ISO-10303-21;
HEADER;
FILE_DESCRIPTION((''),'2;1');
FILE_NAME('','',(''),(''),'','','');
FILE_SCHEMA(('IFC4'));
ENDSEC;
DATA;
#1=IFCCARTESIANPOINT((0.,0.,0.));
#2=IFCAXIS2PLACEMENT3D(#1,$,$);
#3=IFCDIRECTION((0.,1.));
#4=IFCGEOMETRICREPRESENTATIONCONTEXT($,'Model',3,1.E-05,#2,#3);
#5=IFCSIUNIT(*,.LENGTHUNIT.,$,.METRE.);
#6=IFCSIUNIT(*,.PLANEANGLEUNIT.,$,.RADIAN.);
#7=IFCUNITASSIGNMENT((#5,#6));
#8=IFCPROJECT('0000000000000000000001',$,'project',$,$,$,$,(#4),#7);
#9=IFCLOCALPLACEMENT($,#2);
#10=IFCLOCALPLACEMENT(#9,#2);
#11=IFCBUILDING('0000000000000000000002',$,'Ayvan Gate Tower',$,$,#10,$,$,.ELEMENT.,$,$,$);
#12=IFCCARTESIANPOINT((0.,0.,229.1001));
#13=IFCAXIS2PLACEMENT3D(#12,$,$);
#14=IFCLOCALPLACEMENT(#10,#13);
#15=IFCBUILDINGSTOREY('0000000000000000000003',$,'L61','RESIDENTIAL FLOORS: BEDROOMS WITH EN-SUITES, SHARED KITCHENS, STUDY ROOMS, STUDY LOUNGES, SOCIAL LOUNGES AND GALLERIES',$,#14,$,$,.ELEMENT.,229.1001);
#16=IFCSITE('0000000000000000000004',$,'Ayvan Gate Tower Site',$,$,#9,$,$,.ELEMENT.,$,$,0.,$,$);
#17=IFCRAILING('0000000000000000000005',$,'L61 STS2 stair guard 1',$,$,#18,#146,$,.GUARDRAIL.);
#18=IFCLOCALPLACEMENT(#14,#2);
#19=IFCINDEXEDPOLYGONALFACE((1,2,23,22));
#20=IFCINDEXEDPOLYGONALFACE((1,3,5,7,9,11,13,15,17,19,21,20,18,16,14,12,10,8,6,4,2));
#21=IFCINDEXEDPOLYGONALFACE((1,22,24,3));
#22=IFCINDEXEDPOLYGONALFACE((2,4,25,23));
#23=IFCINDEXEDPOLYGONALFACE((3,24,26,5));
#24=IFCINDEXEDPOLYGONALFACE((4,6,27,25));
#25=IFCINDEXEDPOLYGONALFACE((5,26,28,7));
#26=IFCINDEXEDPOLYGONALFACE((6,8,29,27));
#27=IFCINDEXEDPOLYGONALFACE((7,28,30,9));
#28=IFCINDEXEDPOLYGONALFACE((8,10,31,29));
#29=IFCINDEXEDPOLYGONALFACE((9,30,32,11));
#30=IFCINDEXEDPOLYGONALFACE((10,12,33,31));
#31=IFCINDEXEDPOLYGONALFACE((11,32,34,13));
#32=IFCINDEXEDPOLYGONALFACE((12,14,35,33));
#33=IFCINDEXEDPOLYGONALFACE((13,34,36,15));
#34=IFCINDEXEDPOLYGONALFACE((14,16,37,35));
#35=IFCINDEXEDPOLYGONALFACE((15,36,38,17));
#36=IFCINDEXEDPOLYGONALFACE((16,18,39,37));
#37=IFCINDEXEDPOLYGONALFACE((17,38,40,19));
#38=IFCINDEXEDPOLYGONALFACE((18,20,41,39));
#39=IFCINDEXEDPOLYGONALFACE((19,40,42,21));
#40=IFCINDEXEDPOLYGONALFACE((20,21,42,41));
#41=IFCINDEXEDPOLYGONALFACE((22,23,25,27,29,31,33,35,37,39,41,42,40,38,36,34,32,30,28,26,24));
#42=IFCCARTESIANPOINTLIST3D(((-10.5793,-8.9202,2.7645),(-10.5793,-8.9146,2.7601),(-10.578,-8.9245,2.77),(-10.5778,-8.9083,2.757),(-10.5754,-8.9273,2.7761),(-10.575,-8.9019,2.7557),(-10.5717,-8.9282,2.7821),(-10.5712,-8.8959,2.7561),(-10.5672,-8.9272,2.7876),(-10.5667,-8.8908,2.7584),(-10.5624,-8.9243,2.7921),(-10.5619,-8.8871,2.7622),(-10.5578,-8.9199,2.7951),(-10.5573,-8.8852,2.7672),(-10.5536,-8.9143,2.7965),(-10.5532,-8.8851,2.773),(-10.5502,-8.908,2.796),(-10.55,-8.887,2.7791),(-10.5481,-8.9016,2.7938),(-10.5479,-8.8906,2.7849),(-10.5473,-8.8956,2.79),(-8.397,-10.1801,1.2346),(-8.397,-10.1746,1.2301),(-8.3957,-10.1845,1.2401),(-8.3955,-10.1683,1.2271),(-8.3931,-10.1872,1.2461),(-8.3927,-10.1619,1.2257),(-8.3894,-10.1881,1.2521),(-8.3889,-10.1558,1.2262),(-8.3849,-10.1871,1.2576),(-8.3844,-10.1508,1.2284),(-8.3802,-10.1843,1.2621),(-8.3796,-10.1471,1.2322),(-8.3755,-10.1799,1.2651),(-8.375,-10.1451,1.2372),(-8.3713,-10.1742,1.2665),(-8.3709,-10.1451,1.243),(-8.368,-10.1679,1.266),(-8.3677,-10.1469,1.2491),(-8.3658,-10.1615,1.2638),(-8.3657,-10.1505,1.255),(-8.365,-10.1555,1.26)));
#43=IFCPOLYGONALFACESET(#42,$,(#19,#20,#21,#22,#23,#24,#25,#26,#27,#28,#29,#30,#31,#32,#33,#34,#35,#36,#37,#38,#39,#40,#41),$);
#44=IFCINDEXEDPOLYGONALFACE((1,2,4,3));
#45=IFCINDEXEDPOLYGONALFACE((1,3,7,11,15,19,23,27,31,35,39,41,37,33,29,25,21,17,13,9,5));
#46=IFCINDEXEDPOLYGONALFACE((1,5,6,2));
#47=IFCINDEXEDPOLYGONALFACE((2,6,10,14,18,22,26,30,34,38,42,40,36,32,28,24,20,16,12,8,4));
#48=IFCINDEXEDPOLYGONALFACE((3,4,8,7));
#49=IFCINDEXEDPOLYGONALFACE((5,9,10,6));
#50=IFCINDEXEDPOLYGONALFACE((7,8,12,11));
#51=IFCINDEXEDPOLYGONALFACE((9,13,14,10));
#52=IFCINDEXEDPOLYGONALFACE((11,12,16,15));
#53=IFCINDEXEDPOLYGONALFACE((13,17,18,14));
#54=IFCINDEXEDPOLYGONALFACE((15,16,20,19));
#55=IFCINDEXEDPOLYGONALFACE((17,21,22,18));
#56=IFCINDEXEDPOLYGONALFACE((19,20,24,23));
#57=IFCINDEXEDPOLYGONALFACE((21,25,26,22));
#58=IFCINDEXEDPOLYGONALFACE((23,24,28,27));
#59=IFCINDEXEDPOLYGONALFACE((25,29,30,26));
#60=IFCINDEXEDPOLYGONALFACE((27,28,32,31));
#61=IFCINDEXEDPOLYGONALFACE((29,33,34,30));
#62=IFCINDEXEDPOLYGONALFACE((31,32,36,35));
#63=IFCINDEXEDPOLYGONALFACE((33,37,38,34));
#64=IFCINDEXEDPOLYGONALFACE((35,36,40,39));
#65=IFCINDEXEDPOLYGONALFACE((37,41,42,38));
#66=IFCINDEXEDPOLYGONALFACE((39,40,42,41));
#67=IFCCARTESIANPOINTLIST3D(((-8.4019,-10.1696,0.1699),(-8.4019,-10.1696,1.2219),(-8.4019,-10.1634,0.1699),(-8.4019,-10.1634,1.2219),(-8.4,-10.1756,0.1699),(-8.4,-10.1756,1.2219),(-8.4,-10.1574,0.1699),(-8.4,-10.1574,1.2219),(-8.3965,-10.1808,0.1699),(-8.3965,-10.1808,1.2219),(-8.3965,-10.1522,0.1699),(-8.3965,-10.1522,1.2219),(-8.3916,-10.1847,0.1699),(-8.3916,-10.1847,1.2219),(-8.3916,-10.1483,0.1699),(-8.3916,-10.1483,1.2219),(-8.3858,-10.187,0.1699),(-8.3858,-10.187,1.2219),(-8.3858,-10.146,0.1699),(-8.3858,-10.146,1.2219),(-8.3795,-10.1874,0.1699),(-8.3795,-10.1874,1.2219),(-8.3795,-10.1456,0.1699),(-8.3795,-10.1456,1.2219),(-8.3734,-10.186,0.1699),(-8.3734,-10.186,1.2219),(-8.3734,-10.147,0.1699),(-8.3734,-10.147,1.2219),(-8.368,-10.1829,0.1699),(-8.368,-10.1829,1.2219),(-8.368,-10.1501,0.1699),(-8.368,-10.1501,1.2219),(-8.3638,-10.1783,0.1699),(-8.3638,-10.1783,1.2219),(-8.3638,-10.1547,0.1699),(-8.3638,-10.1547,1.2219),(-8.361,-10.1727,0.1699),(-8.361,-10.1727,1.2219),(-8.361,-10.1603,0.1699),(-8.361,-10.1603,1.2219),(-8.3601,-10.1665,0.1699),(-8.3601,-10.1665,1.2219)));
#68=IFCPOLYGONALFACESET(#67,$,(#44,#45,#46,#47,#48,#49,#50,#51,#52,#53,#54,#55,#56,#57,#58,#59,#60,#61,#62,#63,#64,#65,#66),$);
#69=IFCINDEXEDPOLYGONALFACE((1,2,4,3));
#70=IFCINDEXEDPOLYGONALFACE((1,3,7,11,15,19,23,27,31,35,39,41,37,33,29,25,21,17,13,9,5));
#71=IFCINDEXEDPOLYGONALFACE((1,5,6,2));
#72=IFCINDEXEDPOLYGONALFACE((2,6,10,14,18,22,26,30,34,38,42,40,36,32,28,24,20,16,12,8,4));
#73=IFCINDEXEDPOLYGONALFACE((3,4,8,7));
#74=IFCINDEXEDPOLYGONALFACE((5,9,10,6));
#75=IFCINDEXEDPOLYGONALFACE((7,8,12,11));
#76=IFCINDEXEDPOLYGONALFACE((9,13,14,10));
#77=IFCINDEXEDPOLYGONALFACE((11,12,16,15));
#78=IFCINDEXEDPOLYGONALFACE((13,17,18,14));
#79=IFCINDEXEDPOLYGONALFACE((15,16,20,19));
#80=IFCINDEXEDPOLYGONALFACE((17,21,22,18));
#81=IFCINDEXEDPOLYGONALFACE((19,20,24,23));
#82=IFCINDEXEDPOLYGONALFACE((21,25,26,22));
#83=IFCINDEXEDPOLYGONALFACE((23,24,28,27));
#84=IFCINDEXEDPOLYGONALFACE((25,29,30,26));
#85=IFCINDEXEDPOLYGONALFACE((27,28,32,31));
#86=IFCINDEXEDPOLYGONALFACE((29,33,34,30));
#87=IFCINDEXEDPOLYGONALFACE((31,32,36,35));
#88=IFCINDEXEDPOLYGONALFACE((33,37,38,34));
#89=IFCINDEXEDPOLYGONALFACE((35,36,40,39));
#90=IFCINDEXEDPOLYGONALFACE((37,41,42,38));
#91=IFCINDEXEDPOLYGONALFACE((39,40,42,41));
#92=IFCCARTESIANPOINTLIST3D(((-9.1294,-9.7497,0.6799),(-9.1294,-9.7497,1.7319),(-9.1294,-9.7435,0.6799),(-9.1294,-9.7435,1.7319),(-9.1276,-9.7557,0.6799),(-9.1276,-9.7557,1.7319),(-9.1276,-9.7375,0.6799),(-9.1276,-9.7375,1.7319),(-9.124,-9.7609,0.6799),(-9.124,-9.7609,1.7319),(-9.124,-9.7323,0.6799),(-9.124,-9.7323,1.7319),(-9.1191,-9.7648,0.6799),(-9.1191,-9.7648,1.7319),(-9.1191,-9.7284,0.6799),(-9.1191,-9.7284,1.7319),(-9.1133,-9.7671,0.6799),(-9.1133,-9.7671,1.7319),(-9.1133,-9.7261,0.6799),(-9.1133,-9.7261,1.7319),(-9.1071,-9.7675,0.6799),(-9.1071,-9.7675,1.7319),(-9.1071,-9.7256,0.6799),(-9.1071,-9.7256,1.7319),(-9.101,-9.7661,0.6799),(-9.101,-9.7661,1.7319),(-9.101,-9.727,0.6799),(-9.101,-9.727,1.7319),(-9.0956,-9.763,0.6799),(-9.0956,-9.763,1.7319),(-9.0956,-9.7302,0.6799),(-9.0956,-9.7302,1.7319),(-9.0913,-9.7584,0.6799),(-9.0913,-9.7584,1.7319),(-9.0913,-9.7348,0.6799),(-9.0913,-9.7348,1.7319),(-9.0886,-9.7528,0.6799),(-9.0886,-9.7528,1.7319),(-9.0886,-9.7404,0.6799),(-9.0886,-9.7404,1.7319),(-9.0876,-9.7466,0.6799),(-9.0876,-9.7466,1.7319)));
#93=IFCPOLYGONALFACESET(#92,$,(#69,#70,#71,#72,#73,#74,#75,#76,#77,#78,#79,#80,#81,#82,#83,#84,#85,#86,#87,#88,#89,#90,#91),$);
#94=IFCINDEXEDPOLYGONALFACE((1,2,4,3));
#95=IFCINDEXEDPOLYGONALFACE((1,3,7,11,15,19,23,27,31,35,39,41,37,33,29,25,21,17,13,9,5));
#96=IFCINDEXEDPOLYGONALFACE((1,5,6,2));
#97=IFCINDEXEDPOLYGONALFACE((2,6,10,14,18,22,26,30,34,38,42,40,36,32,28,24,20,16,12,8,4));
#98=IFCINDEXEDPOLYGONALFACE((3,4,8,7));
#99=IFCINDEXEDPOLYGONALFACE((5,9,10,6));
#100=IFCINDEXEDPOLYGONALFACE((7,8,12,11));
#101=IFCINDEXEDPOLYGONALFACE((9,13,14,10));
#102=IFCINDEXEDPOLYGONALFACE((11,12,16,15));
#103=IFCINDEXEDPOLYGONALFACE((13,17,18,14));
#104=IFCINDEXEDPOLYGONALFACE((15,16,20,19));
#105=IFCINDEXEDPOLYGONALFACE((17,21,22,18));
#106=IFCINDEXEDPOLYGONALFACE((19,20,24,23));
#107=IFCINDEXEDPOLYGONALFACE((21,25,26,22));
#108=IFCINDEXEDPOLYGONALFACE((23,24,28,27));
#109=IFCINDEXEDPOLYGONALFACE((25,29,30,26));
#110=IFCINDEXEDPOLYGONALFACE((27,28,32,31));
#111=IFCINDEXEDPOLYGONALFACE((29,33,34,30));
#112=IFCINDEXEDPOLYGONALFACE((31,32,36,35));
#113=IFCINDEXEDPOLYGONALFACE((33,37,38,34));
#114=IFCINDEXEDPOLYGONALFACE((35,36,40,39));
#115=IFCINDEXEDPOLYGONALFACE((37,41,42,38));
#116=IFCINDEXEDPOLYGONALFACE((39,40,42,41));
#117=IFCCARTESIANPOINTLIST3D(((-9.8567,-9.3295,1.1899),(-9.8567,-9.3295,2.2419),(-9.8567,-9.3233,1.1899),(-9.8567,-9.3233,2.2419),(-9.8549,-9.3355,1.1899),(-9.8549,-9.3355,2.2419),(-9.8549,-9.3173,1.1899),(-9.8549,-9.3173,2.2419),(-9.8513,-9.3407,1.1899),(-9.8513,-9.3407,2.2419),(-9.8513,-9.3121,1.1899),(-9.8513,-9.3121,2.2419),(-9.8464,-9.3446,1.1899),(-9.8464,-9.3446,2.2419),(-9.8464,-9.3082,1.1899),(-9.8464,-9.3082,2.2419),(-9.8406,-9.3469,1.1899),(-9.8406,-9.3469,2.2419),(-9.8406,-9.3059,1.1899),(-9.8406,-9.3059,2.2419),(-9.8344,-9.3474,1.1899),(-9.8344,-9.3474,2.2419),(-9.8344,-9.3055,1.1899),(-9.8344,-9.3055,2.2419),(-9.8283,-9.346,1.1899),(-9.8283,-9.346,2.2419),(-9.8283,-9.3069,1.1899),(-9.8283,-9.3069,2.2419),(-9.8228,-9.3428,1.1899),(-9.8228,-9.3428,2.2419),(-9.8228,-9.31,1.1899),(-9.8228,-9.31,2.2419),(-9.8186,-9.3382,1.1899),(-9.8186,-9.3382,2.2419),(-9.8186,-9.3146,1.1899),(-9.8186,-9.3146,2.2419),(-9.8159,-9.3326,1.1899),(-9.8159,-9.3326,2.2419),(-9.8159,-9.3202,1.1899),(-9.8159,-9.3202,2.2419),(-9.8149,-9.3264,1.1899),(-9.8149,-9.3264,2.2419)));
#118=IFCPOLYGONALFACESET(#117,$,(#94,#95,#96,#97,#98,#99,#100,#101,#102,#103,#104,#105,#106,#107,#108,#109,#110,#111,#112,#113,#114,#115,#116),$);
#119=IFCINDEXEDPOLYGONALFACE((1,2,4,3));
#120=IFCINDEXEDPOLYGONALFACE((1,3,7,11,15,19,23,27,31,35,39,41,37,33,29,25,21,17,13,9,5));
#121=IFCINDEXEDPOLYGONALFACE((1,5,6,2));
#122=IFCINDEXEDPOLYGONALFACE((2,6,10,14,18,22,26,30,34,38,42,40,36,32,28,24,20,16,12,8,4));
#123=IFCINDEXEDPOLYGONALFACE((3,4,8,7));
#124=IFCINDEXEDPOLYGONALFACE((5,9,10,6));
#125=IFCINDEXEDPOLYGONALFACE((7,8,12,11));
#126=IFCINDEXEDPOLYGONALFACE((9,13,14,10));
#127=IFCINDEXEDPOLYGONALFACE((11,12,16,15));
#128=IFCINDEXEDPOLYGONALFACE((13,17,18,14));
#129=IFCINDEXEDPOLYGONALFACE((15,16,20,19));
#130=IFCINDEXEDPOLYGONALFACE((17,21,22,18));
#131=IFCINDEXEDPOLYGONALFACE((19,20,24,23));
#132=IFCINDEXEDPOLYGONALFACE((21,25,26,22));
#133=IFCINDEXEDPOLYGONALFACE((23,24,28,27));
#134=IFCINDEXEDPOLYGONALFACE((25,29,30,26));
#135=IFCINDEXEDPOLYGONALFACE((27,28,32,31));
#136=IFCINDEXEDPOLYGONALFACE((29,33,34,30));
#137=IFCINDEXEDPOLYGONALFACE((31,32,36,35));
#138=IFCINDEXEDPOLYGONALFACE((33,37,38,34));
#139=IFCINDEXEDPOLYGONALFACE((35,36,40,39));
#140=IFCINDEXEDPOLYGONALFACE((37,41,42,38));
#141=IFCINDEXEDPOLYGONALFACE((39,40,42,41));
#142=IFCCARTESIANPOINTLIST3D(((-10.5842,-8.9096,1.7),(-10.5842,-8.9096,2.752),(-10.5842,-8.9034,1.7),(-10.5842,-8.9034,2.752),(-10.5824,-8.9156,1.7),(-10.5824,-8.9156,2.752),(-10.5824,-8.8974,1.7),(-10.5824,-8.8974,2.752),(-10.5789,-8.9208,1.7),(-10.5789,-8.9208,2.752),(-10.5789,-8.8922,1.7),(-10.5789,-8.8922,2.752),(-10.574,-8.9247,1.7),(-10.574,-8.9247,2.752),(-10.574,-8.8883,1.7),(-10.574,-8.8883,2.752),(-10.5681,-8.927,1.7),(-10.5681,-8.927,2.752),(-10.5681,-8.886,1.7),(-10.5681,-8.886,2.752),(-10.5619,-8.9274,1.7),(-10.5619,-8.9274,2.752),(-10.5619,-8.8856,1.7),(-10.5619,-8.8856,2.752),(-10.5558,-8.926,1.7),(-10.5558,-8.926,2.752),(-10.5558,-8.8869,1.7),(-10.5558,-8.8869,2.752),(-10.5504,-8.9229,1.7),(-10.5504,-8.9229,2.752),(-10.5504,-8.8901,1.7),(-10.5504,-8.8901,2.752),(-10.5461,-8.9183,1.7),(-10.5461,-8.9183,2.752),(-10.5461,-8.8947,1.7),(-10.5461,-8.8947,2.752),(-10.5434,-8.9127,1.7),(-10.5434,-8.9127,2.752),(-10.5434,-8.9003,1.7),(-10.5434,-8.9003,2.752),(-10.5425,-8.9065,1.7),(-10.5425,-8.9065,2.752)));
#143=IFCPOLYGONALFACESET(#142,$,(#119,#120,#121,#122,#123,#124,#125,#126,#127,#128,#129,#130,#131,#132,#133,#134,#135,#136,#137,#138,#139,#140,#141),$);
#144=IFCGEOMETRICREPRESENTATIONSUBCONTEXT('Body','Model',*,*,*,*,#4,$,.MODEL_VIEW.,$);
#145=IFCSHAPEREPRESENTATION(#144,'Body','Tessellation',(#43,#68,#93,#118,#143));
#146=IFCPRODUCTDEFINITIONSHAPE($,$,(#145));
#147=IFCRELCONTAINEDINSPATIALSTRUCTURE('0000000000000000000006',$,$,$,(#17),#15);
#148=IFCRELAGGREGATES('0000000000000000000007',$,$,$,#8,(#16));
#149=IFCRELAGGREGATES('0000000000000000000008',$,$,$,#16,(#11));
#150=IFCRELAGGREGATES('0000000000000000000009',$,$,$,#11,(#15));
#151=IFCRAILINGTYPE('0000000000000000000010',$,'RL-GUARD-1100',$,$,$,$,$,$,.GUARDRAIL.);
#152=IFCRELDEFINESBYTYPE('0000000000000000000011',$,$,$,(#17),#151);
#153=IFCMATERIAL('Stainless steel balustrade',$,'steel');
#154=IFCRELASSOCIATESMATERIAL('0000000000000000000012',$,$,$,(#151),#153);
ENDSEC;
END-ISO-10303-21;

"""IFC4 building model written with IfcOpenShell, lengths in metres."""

from ifc_helpers import new_model, si_unit, direction, frame, origin, origin_2d, place, context, subcontext, project, spatial, circle, extrude, material, type_object, element, save


model = new_model("IFC4")

# Units and contexts
model_context = context("Model", 3, precision=1e-05, world=origin(), true_north=direction((0.0, 1.0)))
body_context = subcontext(model_context, "Body", "Model", "MODEL_VIEW")
ifc_project = project(units=[si_unit("LENGTHUNIT", "METRE"), si_unit("PLANEANGLEUNIT", "RADIAN")], contexts=[model_context])

# Site, building, storey
site_placement = place(None, origin())
site = spatial("IfcSite", under=ifc_project, at=site_placement, Name="Ayvan Gate Tower Site", CompositionType="ELEMENT", RefElevation=0.0)
building_placement = place(site_placement, origin())
building = spatial("IfcBuilding", under=site, at=building_placement, Name="Ayvan Gate Tower", CompositionType="ELEMENT")
storey_placement = place(building_placement, frame((0.0, 0.0, 229.1001)))
storey = spatial("IfcBuildingStorey", under=building, at=storey_placement, Name="L61", Description="RESIDENTIAL FLOORS: BEDROOMS WITH EN-SUITES, SHARED KITCHENS, STUDY ROOMS, STUDY LOUNGES, SOCIAL LOUNGES AND GALLERIES", CompositionType="ELEMENT", Elevation=229.1001)

# Railing
ifc_material_1 = material(Name="Stainless steel balustrade", Category="steel")
railing_type_1 = type_object("IfcRailingType", Name="RL-GUARD-1100", PredefinedType="GUARDRAIL", material=ifc_material_1)
railing_1_placement = place(storey_placement, frame((-8.3811, -10.1665, 0.1699)))
element("IfcRailing", 1, at=railing_1_placement, inside=storey, type_object=railing_type_1, Name="L61 STS2 stair guard 1", PredefinedType="GUARDRAIL", context=body_context, shape_type="SweptSolid", body=[
    extrude(circle(Radius=0.0239, at=origin_2d()), frame((0.0, 0.0, 1.0762), z_axis=(-0.740261, 0.427395, 0.518986), x_axis=(-0.500005, -0.866023, 0.0)), (0.0, 0.0, 1.0), 2.948),
    extrude(circle(Radius=0.021, at=origin_2d()), origin(), (0.0, 0.0, 1.0), 1.052),
    extrude(circle(Radius=0.021, at=origin_2d()), frame((-0.7275, 0.4199, 0.51)), (0.0, 0.0, 1.0), 1.052),
    extrude(circle(Radius=0.021, at=origin_2d()), frame((-1.4548, 0.8401, 1.02)), (0.0, 0.0, 1.0), 1.052),
    extrude(circle(Radius=0.021, at=origin_2d()), frame((-2.1824, 1.26, 1.53)), (0.0, 0.0, 1.0), 1.052),
])

save(model, "model.ifc")
